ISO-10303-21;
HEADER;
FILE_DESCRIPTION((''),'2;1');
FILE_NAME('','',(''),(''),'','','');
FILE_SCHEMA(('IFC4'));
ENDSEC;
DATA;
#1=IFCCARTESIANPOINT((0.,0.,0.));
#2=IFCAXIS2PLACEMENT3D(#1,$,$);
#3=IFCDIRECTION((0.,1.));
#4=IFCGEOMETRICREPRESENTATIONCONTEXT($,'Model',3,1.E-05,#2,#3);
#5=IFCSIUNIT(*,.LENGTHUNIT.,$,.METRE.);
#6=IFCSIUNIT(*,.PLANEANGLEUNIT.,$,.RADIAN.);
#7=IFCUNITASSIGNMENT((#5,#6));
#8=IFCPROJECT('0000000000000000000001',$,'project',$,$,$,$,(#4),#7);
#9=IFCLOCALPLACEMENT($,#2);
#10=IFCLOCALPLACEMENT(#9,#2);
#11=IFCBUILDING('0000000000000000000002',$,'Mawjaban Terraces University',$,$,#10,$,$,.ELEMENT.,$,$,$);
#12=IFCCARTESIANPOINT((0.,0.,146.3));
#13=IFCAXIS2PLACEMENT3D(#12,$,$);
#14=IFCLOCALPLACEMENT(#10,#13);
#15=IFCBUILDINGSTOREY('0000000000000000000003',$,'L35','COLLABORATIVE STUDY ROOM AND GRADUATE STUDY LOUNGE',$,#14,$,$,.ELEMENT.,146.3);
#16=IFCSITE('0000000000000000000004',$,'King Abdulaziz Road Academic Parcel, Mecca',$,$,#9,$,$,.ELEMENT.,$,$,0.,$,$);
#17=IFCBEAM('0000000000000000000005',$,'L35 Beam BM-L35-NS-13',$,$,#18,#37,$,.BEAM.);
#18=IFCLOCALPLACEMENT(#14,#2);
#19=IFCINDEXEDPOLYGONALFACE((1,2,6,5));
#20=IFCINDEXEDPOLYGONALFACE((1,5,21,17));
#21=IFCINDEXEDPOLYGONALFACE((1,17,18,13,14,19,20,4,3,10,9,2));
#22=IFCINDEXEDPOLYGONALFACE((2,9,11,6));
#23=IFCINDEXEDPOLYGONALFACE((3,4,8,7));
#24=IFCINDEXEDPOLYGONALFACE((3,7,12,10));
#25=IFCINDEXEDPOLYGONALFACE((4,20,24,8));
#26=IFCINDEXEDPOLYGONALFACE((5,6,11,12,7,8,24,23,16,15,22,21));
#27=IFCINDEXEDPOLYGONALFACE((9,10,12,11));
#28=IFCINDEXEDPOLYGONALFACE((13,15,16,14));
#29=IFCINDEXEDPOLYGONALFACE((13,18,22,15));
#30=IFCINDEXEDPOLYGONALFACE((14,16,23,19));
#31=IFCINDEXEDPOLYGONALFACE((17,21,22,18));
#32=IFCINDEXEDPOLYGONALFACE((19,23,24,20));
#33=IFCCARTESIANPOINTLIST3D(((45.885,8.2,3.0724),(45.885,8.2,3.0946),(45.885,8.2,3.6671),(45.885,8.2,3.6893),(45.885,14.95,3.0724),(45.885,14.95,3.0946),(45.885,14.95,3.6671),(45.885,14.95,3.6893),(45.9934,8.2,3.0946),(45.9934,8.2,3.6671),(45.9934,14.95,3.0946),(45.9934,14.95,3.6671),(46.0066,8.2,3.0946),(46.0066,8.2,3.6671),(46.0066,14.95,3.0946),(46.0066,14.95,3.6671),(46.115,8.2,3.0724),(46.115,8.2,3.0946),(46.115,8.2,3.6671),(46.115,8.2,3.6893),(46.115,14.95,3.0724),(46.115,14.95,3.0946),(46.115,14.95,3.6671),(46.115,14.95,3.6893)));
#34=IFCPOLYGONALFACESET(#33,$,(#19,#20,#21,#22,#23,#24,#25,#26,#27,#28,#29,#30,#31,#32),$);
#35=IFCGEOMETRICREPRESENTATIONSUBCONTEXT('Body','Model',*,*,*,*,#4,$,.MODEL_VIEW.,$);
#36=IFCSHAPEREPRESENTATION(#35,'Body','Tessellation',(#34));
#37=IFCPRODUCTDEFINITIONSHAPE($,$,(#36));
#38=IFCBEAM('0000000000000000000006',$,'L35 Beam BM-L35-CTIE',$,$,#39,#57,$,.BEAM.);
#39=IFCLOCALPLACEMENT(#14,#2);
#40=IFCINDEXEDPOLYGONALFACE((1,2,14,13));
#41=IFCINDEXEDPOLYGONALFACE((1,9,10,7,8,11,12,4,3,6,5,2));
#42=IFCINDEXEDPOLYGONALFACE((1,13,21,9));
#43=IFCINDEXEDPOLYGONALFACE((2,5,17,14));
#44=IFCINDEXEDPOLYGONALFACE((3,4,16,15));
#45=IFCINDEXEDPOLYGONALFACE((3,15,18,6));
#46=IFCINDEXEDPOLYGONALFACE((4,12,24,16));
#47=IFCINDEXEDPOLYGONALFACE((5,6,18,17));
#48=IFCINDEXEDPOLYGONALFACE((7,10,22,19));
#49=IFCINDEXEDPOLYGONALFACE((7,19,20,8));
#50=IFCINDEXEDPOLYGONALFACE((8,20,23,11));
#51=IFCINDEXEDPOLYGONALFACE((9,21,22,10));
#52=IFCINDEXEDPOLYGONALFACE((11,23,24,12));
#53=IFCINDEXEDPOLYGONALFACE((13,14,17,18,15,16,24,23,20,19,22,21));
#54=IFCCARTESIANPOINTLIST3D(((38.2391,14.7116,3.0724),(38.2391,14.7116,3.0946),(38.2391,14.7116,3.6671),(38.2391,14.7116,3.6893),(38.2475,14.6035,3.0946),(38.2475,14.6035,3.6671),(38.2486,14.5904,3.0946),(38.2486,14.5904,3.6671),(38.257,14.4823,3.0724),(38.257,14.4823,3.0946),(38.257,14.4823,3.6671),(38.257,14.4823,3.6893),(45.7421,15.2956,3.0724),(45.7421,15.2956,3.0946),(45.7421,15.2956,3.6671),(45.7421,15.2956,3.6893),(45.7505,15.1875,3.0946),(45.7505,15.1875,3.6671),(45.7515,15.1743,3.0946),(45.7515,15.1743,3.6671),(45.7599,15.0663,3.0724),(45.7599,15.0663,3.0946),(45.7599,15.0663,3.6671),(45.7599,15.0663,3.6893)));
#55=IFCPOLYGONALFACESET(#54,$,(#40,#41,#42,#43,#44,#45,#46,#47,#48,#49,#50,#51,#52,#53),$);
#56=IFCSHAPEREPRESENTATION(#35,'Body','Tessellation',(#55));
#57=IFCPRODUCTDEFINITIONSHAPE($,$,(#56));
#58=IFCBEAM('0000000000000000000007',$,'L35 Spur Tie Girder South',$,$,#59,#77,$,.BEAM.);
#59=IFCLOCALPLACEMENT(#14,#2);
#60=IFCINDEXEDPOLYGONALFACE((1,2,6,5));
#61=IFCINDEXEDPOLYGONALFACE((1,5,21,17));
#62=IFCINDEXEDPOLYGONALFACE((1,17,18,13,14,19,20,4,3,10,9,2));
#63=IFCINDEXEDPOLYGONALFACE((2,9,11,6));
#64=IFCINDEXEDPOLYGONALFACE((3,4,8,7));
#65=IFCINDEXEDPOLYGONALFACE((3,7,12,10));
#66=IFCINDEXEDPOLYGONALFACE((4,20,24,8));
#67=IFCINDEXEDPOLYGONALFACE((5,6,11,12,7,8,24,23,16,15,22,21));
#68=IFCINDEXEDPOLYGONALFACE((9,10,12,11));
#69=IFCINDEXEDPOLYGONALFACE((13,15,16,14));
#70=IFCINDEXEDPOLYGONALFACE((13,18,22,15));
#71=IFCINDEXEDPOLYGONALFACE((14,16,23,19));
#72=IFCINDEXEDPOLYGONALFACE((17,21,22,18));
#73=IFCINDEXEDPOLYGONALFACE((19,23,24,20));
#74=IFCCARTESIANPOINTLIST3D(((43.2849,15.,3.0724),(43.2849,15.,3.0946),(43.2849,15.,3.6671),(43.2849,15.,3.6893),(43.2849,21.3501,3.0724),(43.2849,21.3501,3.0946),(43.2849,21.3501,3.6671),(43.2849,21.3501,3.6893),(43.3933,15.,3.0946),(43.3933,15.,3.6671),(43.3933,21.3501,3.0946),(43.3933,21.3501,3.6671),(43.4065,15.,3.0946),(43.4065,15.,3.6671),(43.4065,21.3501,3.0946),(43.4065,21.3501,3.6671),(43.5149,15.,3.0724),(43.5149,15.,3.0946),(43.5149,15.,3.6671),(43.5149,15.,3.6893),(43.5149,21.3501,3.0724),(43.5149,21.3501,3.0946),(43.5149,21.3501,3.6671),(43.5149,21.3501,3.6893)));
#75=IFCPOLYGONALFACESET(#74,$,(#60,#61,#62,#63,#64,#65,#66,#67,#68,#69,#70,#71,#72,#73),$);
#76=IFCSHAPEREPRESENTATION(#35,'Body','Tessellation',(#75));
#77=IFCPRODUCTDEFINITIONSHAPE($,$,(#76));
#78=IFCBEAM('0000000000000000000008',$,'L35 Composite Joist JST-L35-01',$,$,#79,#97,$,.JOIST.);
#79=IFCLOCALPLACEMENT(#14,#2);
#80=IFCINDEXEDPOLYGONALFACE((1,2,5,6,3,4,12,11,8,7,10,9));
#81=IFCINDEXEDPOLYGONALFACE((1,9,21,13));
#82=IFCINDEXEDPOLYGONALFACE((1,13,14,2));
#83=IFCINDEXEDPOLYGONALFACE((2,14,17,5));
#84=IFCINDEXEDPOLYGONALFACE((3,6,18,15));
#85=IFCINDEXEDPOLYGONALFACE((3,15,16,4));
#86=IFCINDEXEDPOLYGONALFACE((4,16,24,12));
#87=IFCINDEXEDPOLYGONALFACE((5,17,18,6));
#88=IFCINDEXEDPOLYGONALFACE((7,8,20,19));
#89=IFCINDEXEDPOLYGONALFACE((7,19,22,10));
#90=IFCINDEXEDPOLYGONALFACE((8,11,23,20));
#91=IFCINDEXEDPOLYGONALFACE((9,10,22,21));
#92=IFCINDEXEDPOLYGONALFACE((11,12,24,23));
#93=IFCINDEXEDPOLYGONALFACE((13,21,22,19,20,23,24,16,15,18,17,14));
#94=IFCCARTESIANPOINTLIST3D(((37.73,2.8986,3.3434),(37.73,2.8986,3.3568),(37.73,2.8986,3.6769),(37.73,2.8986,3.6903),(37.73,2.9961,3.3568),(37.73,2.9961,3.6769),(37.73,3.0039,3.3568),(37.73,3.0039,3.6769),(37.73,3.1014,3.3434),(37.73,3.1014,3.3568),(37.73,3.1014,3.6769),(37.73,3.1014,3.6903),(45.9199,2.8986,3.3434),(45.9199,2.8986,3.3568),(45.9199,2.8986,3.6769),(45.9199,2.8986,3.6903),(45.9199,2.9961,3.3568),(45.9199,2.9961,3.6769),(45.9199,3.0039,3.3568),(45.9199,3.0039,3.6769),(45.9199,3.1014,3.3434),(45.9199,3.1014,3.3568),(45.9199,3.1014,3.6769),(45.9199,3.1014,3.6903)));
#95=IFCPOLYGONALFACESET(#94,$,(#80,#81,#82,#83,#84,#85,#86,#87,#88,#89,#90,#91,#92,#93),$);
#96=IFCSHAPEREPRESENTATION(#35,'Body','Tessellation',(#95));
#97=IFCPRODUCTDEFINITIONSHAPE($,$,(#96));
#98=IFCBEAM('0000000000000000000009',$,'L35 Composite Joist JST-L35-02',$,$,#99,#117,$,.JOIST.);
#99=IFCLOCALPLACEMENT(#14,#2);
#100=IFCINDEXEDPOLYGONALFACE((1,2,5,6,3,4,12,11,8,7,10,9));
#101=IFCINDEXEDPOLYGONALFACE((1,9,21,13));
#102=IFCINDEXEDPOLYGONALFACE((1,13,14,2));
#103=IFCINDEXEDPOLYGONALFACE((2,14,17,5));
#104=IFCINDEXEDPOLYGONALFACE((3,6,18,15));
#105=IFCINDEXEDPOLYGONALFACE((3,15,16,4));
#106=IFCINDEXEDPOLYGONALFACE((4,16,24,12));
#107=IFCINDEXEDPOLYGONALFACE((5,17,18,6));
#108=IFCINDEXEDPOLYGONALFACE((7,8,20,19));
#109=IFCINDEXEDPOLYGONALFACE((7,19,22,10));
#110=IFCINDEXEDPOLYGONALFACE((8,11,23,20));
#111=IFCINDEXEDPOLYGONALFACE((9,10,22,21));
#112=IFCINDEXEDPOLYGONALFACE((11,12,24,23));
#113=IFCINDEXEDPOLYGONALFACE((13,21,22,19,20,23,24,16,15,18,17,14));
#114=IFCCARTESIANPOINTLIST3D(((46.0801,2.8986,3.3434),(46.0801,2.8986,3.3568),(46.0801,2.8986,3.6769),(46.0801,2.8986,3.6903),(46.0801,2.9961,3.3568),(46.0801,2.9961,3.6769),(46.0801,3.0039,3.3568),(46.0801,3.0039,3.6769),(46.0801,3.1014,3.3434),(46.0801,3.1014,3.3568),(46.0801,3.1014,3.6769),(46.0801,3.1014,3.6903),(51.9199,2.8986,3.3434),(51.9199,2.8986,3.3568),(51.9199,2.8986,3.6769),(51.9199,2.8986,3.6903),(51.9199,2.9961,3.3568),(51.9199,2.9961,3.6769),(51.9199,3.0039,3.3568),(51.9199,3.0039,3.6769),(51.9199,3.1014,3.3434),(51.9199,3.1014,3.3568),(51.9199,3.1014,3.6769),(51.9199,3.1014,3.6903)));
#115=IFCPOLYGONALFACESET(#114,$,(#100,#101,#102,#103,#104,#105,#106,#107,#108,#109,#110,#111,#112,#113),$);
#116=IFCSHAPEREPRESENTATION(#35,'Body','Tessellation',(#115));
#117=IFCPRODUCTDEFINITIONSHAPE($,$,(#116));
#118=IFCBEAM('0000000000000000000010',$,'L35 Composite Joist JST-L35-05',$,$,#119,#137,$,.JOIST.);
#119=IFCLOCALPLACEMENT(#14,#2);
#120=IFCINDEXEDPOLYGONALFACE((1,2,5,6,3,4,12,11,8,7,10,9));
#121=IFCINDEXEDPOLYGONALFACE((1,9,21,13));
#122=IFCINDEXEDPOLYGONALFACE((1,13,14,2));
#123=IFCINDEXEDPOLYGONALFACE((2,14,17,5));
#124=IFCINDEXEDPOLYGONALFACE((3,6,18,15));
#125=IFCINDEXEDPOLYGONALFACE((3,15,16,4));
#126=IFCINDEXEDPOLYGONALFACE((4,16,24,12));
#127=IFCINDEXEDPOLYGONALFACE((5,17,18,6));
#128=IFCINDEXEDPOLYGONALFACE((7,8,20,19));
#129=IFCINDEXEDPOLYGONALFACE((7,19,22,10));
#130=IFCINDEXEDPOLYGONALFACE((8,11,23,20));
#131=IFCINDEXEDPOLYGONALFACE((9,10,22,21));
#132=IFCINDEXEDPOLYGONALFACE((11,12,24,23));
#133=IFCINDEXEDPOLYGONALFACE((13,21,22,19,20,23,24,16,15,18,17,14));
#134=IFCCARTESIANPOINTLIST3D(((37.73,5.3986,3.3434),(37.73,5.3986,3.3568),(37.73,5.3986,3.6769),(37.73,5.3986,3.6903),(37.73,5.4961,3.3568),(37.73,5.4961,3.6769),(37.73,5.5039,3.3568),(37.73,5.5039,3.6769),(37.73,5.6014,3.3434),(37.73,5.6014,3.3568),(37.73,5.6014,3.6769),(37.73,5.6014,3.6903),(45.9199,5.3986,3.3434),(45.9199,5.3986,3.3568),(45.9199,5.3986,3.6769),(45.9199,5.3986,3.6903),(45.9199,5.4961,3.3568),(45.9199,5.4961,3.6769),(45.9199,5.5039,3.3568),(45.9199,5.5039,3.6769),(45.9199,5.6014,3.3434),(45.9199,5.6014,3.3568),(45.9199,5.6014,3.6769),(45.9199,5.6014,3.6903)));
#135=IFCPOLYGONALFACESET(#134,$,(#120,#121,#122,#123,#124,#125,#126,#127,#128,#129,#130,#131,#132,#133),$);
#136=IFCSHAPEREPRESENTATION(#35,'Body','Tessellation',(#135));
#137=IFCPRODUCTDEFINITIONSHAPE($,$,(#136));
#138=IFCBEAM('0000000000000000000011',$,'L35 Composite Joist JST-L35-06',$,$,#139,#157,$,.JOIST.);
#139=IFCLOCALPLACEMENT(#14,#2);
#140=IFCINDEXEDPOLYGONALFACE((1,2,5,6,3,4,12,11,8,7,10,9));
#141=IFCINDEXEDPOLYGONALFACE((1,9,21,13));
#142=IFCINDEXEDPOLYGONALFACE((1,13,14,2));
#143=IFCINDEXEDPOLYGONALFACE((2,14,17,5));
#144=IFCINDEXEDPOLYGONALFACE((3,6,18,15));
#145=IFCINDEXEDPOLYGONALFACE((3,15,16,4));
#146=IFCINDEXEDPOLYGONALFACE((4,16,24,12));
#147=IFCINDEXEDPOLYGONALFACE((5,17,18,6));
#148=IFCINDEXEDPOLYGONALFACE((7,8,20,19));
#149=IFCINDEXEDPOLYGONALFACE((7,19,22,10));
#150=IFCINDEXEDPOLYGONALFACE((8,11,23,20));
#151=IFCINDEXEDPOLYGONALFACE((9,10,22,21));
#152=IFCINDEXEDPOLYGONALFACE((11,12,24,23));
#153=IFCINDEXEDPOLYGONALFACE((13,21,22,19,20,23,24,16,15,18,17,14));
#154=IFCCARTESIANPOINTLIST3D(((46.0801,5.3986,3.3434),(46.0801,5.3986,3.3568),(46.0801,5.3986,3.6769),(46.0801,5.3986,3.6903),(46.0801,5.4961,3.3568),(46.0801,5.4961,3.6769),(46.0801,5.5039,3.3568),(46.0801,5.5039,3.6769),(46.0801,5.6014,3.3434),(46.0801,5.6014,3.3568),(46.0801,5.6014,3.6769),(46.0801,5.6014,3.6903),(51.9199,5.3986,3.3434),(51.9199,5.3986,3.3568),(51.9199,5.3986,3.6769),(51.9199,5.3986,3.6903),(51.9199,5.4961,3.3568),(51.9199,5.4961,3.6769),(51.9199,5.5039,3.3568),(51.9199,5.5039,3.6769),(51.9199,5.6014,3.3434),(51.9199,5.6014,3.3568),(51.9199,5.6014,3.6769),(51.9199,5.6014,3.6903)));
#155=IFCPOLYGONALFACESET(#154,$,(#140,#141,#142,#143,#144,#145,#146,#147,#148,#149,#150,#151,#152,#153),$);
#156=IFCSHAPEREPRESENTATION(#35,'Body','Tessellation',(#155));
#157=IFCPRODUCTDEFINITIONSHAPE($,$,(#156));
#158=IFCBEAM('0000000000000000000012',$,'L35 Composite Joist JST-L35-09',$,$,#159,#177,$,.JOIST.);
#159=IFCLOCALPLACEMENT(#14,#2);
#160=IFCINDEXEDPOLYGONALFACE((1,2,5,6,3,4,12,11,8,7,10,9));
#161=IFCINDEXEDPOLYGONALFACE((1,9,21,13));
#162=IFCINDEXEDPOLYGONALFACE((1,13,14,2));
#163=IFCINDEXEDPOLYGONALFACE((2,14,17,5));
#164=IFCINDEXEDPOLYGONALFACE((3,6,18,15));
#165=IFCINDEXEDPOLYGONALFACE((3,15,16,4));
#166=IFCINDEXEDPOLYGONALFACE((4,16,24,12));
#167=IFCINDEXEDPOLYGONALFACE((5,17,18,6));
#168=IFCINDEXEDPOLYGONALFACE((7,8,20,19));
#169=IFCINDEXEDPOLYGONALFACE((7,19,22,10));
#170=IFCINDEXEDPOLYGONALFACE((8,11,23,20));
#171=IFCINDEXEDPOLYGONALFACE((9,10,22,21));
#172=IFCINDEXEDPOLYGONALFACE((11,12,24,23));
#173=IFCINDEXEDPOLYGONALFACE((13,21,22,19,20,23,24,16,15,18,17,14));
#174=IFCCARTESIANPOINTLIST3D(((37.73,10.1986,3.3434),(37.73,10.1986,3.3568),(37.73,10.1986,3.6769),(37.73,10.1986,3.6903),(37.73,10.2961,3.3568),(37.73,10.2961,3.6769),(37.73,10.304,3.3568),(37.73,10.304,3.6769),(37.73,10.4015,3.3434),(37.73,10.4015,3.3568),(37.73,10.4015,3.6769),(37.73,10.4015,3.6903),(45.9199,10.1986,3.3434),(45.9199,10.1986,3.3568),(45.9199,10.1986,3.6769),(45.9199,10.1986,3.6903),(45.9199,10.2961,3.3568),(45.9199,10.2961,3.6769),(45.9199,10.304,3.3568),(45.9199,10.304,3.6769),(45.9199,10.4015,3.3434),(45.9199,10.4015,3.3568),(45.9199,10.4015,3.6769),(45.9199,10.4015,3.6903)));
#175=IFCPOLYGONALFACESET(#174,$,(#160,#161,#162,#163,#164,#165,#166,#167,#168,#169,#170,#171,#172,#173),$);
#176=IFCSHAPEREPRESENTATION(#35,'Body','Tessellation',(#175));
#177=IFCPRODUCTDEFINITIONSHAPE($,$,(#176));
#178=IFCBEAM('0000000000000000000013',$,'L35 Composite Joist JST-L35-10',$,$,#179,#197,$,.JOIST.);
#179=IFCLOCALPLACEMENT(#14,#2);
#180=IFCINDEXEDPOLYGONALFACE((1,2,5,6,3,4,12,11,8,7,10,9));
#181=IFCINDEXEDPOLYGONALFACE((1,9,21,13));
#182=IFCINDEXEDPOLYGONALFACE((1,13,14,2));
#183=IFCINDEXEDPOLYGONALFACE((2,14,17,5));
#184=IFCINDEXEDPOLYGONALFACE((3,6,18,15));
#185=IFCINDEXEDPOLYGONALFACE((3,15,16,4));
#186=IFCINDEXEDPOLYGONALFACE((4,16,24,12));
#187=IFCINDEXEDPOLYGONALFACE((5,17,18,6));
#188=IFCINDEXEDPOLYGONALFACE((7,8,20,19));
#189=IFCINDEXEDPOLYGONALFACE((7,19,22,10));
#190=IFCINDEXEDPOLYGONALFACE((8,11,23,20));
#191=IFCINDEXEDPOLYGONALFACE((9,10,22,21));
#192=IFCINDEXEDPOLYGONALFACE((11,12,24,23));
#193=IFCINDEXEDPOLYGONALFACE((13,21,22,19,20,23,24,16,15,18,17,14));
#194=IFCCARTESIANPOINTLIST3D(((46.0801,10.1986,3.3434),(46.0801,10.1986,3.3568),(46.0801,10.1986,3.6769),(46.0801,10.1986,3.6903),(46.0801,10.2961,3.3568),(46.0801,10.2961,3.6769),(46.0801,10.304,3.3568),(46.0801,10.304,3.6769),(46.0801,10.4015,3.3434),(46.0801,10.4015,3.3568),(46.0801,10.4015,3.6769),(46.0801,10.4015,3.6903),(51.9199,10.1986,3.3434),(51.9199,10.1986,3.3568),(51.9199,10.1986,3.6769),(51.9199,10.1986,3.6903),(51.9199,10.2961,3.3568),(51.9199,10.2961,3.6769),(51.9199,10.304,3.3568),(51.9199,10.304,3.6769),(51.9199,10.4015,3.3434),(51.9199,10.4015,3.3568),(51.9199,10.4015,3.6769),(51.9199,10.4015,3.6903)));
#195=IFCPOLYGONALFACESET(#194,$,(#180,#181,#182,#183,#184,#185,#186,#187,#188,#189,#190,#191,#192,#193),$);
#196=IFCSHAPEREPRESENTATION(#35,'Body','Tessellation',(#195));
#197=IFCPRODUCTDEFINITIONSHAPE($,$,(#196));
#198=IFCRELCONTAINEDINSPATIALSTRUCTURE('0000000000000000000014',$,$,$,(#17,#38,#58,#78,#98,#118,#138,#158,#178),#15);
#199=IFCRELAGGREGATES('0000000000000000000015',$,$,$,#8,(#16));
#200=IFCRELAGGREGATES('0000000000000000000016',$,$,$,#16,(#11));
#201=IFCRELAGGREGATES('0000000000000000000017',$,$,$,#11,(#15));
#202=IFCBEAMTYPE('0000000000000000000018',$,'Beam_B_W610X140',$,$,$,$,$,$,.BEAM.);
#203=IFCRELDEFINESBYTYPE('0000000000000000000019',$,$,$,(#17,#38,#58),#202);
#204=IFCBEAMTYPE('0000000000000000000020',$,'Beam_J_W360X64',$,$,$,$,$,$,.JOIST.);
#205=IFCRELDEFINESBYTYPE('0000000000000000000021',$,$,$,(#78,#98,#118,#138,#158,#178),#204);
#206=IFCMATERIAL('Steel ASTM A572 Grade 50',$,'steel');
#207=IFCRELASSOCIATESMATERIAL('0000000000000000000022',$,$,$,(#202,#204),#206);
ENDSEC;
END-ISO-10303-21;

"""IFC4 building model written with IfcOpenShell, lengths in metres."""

from ifc_helpers import new_model, si_unit, direction, frame, origin, origin_2d, place, context, subcontext, project, spatial, i_section, extrude, material, material_profile, profile_set, type_object, element, save


model = new_model("IFC4")

# Units and contexts
model_context = context("Model", 3, precision=1e-05, world=origin(), true_north=direction((0.0, 1.0)))
body_context = subcontext(model_context, "Body", "Model", "MODEL_VIEW")
ifc_project = project(units=[si_unit("LENGTHUNIT", "METRE"), si_unit("PLANEANGLEUNIT", "RADIAN")], contexts=[model_context])

# Site, building, storey
site_placement = place(None, origin())
site = spatial("IfcSite", under=ifc_project, at=site_placement, Name="King Abdulaziz Road Academic Parcel, Mecca", CompositionType="ELEMENT", RefElevation=0.0)
building_placement = place(site_placement, origin())
building = spatial("IfcBuilding", under=site, at=building_placement, Name="Mawjaban Terraces University", CompositionType="ELEMENT")
storey_placement = place(building_placement, frame((0.0, 0.0, 146.3)))
storey = spatial("IfcBuildingStorey", under=building, at=storey_placement, Name="L35", Description="COLLABORATIVE STUDY ROOM AND GRADUATE STUDY LOUNGE", CompositionType="ELEMENT", Elevation=146.3)

# Beams
ifc_material_1 = material(Name="Steel ASTM A572 Grade 50", Category="steel")
ifc_material_profile_1 = material_profile(ifc_material_1, i_section(OverallWidth=0.23, OverallDepth=0.6169, WebThickness=0.0132, FlangeThickness=0.0222, at=origin_2d()), Name="W610X140")
ifc_profile_set_1 = profile_set([ifc_material_profile_1], Name="Steel ASTM A572 Grade 50")
beam_type_1 = type_object("IfcBeamType", Name="Beam_B_W610X140", PredefinedType="BEAM", material=ifc_profile_set_1)
beam_1_placement = place(storey_placement, frame((46.0, 8.2, 3.3809), z_axis=(0.0, 1.0, 0.0), x_axis=(-1.0, 0.0, 0.0)))
element("IfcBeam", 1, at=beam_1_placement, inside=storey, type_object=beam_type_1, Name="L35 Beam BM-L35-NS-13", PredefinedType="BEAM", context=body_context, shape_type="SweptSolid", body=[
    extrude(i_section(OverallWidth=0.23, OverallDepth=0.6169, WebThickness=0.0132, FlangeThickness=0.0222, at=origin_2d()), origin(), (0.0, 0.0, 1.0), 6.75),
])
beam_2_placement = place(storey_placement, frame((38.248, 14.5969, 3.3809), z_axis=(0.996985, 0.077599, 0.0), x_axis=(-0.077599, 0.996985, 0.0)))
element("IfcBeam", 2, at=beam_2_placement, inside=storey, type_object=beam_type_1, Name="L35 Beam BM-L35-CTIE", PredefinedType="BEAM", context=body_context, shape_type="SweptSolid", body=[
    extrude(i_section(OverallWidth=0.23, OverallDepth=0.6169, WebThickness=0.0132, FlangeThickness=0.0222, at=origin_2d()), origin(), (0.0, 0.0, 1.0), 7.5256),
])
beam_3_placement = place(storey_placement, frame((43.3999, 15.0, 3.3809), z_axis=(0.0, 1.0, 0.0), x_axis=(-1.0, 0.0, 0.0)))
element("IfcBeam", 3, at=beam_3_placement, inside=storey, type_object=beam_type_1, Name="L35 Spur Tie Girder South", PredefinedType="BEAM", context=body_context, shape_type="SweptSolid", body=[
    extrude(i_section(OverallWidth=0.23, OverallDepth=0.6169, WebThickness=0.0132, FlangeThickness=0.0222, at=origin_2d()), origin(), (0.0, 0.0, 1.0), 6.3501),
])
ifc_material_profile_2 = material_profile(ifc_material_1, i_section(OverallWidth=0.2029, OverallDepth=0.3469, WebThickness=0.0078, FlangeThickness=0.0134, at=origin_2d()), Name="W360X64")
ifc_profile_set_2 = profile_set([ifc_material_profile_2], Name="Steel ASTM A572 Grade 50")
beam_type_2 = type_object("IfcBeamType", Name="Beam_J_W360X64", PredefinedType="JOIST", material=ifc_profile_set_2)
beam_4_placement = place(storey_placement, frame((37.73, 3.0, 3.5168), z_axis=(1.0, 0.0, 0.0), x_axis=(0.0, 1.0, 0.0)))
element("IfcBeam", 4, at=beam_4_placement, inside=storey, type_object=beam_type_2, Name="L35 Composite Joist JST-L35-01", PredefinedType="JOIST", context=body_context, shape_type="SweptSolid", body=[
    extrude(i_section(OverallWidth=0.2029, OverallDepth=0.3469, WebThickness=0.0078, FlangeThickness=0.0134, at=origin_2d()), origin(), (0.0, 0.0, 1.0), 8.1899),
])
beam_5_placement = place(storey_placement, frame((46.0801, 3.0, 3.5168), z_axis=(1.0, 0.0, 0.0), x_axis=(0.0, 1.0, 0.0)))
element("IfcBeam", 5, at=beam_5_placement, inside=storey, type_object=beam_type_2, Name="L35 Composite Joist JST-L35-02", PredefinedType="JOIST", context=body_context, shape_type="SweptSolid", body=[
    extrude(i_section(OverallWidth=0.2029, OverallDepth=0.3469, WebThickness=0.0078, FlangeThickness=0.0134, at=origin_2d()), origin(), (0.0, 0.0, 1.0), 5.8398),
])
beam_6_placement = place(storey_placement, frame((37.73, 5.5, 3.5168), z_axis=(1.0, 0.0, 0.0), x_axis=(0.0, 1.0, 0.0)))
element("IfcBeam", 6, at=beam_6_placement, inside=storey, type_object=beam_type_2, Name="L35 Composite Joist JST-L35-05", PredefinedType="JOIST", context=body_context, shape_type="SweptSolid", body=[
    extrude(i_section(OverallWidth=0.2029, OverallDepth=0.3469, WebThickness=0.0078, FlangeThickness=0.0134, at=origin_2d()), origin(), (0.0, 0.0, 1.0), 8.1899),
])
beam_7_placement = place(storey_placement, frame((46.0801, 5.5, 3.5168), z_axis=(1.0, 0.0, 0.0), x_axis=(0.0, 1.0, 0.0)))
element("IfcBeam", 7, at=beam_7_placement, inside=storey, type_object=beam_type_2, Name="L35 Composite Joist JST-L35-06", PredefinedType="JOIST", context=body_context, shape_type="SweptSolid", body=[
    extrude(i_section(OverallWidth=0.2029, OverallDepth=0.3469, WebThickness=0.0078, FlangeThickness=0.0134, at=origin_2d()), origin(), (0.0, 0.0, 1.0), 5.8398),
])
beam_8_placement = place(storey_placement, frame((37.73, 10.3, 3.5168), z_axis=(1.0, 0.0, 0.0), x_axis=(0.0, 1.0, 0.0)))
element("IfcBeam", 8, at=beam_8_placement, inside=storey, type_object=beam_type_2, Name="L35 Composite Joist JST-L35-09", PredefinedType="JOIST", context=body_context, shape_type="SweptSolid", body=[
    extrude(i_section(OverallWidth=0.2029, OverallDepth=0.3469, WebThickness=0.0078, FlangeThickness=0.0134, at=origin_2d()), origin(), (0.0, 0.0, 1.0), 8.1899),
])
beam_9_placement = place(storey_placement, frame((46.0801, 10.3, 3.5168), z_axis=(1.0, 0.0, 0.0), x_axis=(0.0, 1.0, 0.0)))
element("IfcBeam", 9, at=beam_9_placement, inside=storey, type_object=beam_type_2, Name="L35 Composite Joist JST-L35-10", PredefinedType="JOIST", context=body_context, shape_type="SweptSolid", body=[
    extrude(i_section(OverallWidth=0.2029, OverallDepth=0.3469, WebThickness=0.0078, FlangeThickness=0.0134, at=origin_2d()), origin(), (0.0, 0.0, 1.0), 5.8398),
])

save(model, "model.ifc")
